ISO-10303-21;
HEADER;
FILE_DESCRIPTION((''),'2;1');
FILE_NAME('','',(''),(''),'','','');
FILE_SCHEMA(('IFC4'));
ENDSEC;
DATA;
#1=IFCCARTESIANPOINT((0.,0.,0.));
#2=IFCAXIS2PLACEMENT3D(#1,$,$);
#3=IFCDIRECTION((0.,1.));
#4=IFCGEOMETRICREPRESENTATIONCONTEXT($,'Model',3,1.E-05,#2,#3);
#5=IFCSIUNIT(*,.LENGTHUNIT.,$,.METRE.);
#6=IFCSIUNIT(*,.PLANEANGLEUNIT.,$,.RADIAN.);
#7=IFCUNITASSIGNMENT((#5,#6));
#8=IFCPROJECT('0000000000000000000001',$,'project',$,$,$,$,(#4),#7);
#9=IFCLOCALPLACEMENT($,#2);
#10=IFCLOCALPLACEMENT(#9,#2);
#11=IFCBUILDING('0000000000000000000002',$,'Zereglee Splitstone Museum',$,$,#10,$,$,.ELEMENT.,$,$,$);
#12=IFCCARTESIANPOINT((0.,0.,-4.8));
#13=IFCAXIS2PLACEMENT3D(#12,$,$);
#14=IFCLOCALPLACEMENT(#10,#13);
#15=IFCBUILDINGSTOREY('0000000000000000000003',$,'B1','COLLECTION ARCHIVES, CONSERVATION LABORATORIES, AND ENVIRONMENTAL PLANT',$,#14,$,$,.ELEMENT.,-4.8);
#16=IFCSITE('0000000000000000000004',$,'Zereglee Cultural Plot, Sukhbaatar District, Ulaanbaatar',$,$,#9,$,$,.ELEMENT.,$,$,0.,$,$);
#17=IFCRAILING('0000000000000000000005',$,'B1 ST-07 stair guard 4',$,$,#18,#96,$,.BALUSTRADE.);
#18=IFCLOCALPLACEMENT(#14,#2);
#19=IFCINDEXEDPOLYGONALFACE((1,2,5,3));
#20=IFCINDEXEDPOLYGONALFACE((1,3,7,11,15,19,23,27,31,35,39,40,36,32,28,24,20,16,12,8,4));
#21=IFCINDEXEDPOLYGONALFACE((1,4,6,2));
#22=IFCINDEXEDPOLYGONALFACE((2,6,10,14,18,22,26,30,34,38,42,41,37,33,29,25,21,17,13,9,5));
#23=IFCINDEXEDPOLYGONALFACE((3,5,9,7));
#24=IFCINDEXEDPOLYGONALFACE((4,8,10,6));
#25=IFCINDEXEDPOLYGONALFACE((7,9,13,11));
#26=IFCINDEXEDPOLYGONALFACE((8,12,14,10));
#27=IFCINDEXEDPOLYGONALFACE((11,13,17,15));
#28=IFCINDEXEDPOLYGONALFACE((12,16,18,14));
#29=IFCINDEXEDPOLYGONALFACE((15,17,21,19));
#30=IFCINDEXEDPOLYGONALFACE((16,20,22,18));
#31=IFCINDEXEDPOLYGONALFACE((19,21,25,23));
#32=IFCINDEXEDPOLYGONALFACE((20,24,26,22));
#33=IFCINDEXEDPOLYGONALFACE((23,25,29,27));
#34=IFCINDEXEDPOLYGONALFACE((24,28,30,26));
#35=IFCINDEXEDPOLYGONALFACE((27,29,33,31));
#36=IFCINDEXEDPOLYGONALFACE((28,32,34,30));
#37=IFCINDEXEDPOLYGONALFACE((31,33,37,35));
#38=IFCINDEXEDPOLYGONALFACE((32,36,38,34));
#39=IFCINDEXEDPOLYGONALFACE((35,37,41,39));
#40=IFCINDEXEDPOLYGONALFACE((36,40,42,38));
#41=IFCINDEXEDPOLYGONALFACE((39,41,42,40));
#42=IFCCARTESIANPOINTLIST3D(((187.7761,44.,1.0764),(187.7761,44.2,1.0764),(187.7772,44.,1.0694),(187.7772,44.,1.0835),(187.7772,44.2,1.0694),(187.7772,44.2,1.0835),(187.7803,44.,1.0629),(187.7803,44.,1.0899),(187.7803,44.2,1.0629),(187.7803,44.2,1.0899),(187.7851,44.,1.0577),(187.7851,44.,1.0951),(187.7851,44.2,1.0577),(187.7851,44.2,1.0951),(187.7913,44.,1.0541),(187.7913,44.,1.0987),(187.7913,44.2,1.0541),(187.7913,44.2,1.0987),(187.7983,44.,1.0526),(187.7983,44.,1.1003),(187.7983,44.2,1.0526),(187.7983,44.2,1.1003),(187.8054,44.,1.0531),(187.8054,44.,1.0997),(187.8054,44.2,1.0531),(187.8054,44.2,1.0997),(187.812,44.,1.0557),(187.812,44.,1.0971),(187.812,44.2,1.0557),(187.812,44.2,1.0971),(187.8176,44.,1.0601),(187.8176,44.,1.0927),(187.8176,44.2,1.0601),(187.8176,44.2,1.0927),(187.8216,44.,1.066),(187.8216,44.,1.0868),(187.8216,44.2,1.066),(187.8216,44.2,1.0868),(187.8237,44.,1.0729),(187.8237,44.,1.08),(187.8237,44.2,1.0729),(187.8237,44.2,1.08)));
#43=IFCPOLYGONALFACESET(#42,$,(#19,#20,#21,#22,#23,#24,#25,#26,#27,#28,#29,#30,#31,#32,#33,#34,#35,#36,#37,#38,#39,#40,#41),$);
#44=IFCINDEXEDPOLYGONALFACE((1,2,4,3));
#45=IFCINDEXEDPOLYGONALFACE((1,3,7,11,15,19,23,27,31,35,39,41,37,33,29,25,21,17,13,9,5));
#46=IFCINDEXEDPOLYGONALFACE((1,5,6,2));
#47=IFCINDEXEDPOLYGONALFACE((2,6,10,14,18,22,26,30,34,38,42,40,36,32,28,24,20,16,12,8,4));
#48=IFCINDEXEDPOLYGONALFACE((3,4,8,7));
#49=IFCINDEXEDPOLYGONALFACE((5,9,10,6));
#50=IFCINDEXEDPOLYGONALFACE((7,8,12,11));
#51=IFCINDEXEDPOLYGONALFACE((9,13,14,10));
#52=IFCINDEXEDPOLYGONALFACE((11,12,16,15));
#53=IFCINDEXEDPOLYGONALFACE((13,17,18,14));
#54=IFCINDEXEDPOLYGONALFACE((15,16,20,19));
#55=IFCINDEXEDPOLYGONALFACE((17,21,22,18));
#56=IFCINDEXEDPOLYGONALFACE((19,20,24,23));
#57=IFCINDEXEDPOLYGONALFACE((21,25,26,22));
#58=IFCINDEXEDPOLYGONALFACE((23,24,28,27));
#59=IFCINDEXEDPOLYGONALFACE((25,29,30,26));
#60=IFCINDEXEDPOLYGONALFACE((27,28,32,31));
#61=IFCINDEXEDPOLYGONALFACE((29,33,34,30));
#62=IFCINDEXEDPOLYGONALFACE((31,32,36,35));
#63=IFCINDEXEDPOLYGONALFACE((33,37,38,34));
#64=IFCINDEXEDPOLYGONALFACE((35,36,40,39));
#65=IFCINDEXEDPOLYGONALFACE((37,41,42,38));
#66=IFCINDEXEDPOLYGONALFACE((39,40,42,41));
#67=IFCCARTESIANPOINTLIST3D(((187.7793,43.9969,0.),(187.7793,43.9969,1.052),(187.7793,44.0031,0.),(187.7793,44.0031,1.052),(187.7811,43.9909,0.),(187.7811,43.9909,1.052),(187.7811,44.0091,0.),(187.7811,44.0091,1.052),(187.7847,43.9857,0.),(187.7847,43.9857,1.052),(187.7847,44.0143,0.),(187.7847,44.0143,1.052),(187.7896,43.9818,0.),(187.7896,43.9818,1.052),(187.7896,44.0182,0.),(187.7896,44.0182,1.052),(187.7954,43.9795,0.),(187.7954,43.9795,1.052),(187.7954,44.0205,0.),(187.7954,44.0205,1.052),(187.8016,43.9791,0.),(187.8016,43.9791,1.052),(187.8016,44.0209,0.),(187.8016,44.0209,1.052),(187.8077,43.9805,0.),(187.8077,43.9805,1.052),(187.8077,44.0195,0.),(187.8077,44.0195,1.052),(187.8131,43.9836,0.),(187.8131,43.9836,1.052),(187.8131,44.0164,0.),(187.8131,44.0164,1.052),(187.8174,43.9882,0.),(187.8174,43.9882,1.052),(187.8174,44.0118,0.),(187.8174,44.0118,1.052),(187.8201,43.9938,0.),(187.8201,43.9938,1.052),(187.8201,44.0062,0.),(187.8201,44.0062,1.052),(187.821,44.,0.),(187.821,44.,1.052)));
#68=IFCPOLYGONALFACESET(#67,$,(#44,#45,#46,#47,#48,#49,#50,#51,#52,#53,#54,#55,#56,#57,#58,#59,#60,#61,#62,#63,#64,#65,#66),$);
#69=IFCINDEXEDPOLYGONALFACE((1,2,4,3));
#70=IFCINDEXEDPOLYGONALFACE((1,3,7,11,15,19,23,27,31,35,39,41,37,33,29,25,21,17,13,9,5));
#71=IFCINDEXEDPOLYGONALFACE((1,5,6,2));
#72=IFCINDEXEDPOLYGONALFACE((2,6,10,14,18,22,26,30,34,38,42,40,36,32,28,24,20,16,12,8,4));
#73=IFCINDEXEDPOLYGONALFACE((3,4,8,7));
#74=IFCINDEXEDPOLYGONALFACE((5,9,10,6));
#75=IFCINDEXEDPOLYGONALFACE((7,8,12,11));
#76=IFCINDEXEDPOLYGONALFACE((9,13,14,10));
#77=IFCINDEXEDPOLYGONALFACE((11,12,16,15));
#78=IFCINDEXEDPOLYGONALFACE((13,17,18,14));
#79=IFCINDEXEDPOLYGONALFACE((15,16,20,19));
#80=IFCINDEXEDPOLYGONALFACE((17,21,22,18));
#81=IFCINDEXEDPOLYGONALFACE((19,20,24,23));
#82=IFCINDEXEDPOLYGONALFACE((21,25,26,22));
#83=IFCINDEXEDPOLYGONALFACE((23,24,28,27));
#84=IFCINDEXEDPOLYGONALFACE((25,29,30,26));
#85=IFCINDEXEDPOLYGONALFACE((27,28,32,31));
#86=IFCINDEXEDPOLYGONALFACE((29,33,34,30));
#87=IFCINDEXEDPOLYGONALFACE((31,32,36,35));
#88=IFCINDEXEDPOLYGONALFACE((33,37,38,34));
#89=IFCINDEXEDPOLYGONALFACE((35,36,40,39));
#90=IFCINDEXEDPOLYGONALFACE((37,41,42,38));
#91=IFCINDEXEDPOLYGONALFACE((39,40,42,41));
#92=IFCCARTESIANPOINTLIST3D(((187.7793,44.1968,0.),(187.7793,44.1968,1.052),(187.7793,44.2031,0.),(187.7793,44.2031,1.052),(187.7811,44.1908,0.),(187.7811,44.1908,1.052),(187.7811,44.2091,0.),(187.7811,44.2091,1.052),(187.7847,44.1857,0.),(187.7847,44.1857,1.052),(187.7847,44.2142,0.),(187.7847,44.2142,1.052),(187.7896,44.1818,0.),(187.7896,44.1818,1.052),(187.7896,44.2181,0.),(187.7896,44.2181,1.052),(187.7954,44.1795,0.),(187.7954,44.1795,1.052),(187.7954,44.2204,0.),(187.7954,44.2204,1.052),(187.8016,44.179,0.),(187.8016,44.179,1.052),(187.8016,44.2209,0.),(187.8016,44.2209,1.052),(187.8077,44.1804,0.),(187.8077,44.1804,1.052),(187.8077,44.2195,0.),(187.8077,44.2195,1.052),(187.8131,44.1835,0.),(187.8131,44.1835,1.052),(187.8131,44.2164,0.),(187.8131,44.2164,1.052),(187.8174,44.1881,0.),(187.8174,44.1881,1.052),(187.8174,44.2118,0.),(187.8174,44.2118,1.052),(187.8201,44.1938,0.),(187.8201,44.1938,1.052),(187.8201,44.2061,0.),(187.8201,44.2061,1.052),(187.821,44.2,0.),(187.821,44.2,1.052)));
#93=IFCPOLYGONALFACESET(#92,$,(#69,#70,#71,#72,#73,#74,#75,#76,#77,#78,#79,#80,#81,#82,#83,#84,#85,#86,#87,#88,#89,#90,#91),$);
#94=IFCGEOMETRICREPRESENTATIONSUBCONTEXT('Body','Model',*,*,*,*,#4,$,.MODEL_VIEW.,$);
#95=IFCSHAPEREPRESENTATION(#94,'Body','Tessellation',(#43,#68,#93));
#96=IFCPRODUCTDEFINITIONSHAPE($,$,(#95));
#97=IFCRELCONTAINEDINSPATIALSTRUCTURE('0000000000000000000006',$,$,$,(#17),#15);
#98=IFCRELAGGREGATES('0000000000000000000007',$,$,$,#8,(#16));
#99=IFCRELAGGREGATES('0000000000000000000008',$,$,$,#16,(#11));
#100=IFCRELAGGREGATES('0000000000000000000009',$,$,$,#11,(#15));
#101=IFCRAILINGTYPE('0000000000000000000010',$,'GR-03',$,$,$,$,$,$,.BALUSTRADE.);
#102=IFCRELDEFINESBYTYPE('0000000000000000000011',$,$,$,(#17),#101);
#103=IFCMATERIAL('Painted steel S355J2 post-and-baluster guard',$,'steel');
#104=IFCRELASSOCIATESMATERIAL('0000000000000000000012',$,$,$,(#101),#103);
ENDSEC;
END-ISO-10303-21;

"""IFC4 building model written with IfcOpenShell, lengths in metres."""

from ifc_helpers import new_model, si_unit, direction, frame, origin, origin_2d, place, context, subcontext, project, spatial, circle, extrude, material, type_object, element, save


model = new_model("IFC4")

# Units and contexts
model_context = context("Model", 3, precision=1e-05, world=origin(), true_north=direction((0.0, 1.0)))
body_context = subcontext(model_context, "Body", "Model", "MODEL_VIEW")
ifc_project = project(units=[si_unit("LENGTHUNIT", "METRE"), si_unit("PLANEANGLEUNIT", "RADIAN")], contexts=[model_context])

# Site, building, storey
site_placement = place(None, origin())
site = spatial("IfcSite", under=ifc_project, at=site_placement, Name="Zereglee Cultural Plot, Sukhbaatar District, Ulaanbaatar", CompositionType="ELEMENT", RefElevation=0.0)
building_placement = place(site_placement, origin())
building = spatial("IfcBuilding", under=site, at=building_placement, Name="Zereglee Splitstone Museum", CompositionType="ELEMENT")
storey_placement = place(building_placement, frame((0.0, 0.0, -4.8)))
storey = spatial("IfcBuildingStorey", under=building, at=storey_placement, Name="B1", Description="COLLECTION ARCHIVES, CONSERVATION LABORATORIES, AND ENVIRONMENTAL PLANT", CompositionType="ELEMENT", Elevation=-4.8)

# Railing
ifc_material_1 = material(Name="Painted steel S355J2 post-and-baluster guard", Category="steel")
railing_type_1 = type_object("IfcRailingType", Name="GR-03", PredefinedType="BALUSTRADE", material=ifc_material_1)
railing_1_placement = place(storey_placement, frame((187.8, 44.0, 0.0)))
element("IfcRailing", 1, at=railing_1_placement, inside=storey, type_object=railing_type_1, Name="B1 ST-07 stair guard 4", PredefinedType="BALUSTRADE", context=body_context, shape_type="SweptSolid", body=[
    extrude(circle(Radius=0.0239, at=origin_2d()), frame((0.0, 0.0, 1.0764), z_axis=(0.0, 1.0, 0.0), x_axis=(-1.0, 0.0, 0.0)), (0.0, 0.0, 1.0), 0.2),
    extrude(circle(Radius=0.021, at=origin_2d()), origin(), (0.0, 0.0, 1.0), 1.052),
    extrude(circle(Radius=0.021, at=origin_2d()), frame((0.0, 0.2, 0.0)), (0.0, 0.0, 1.0), 1.052),
])

save(model, "model.ifc")
